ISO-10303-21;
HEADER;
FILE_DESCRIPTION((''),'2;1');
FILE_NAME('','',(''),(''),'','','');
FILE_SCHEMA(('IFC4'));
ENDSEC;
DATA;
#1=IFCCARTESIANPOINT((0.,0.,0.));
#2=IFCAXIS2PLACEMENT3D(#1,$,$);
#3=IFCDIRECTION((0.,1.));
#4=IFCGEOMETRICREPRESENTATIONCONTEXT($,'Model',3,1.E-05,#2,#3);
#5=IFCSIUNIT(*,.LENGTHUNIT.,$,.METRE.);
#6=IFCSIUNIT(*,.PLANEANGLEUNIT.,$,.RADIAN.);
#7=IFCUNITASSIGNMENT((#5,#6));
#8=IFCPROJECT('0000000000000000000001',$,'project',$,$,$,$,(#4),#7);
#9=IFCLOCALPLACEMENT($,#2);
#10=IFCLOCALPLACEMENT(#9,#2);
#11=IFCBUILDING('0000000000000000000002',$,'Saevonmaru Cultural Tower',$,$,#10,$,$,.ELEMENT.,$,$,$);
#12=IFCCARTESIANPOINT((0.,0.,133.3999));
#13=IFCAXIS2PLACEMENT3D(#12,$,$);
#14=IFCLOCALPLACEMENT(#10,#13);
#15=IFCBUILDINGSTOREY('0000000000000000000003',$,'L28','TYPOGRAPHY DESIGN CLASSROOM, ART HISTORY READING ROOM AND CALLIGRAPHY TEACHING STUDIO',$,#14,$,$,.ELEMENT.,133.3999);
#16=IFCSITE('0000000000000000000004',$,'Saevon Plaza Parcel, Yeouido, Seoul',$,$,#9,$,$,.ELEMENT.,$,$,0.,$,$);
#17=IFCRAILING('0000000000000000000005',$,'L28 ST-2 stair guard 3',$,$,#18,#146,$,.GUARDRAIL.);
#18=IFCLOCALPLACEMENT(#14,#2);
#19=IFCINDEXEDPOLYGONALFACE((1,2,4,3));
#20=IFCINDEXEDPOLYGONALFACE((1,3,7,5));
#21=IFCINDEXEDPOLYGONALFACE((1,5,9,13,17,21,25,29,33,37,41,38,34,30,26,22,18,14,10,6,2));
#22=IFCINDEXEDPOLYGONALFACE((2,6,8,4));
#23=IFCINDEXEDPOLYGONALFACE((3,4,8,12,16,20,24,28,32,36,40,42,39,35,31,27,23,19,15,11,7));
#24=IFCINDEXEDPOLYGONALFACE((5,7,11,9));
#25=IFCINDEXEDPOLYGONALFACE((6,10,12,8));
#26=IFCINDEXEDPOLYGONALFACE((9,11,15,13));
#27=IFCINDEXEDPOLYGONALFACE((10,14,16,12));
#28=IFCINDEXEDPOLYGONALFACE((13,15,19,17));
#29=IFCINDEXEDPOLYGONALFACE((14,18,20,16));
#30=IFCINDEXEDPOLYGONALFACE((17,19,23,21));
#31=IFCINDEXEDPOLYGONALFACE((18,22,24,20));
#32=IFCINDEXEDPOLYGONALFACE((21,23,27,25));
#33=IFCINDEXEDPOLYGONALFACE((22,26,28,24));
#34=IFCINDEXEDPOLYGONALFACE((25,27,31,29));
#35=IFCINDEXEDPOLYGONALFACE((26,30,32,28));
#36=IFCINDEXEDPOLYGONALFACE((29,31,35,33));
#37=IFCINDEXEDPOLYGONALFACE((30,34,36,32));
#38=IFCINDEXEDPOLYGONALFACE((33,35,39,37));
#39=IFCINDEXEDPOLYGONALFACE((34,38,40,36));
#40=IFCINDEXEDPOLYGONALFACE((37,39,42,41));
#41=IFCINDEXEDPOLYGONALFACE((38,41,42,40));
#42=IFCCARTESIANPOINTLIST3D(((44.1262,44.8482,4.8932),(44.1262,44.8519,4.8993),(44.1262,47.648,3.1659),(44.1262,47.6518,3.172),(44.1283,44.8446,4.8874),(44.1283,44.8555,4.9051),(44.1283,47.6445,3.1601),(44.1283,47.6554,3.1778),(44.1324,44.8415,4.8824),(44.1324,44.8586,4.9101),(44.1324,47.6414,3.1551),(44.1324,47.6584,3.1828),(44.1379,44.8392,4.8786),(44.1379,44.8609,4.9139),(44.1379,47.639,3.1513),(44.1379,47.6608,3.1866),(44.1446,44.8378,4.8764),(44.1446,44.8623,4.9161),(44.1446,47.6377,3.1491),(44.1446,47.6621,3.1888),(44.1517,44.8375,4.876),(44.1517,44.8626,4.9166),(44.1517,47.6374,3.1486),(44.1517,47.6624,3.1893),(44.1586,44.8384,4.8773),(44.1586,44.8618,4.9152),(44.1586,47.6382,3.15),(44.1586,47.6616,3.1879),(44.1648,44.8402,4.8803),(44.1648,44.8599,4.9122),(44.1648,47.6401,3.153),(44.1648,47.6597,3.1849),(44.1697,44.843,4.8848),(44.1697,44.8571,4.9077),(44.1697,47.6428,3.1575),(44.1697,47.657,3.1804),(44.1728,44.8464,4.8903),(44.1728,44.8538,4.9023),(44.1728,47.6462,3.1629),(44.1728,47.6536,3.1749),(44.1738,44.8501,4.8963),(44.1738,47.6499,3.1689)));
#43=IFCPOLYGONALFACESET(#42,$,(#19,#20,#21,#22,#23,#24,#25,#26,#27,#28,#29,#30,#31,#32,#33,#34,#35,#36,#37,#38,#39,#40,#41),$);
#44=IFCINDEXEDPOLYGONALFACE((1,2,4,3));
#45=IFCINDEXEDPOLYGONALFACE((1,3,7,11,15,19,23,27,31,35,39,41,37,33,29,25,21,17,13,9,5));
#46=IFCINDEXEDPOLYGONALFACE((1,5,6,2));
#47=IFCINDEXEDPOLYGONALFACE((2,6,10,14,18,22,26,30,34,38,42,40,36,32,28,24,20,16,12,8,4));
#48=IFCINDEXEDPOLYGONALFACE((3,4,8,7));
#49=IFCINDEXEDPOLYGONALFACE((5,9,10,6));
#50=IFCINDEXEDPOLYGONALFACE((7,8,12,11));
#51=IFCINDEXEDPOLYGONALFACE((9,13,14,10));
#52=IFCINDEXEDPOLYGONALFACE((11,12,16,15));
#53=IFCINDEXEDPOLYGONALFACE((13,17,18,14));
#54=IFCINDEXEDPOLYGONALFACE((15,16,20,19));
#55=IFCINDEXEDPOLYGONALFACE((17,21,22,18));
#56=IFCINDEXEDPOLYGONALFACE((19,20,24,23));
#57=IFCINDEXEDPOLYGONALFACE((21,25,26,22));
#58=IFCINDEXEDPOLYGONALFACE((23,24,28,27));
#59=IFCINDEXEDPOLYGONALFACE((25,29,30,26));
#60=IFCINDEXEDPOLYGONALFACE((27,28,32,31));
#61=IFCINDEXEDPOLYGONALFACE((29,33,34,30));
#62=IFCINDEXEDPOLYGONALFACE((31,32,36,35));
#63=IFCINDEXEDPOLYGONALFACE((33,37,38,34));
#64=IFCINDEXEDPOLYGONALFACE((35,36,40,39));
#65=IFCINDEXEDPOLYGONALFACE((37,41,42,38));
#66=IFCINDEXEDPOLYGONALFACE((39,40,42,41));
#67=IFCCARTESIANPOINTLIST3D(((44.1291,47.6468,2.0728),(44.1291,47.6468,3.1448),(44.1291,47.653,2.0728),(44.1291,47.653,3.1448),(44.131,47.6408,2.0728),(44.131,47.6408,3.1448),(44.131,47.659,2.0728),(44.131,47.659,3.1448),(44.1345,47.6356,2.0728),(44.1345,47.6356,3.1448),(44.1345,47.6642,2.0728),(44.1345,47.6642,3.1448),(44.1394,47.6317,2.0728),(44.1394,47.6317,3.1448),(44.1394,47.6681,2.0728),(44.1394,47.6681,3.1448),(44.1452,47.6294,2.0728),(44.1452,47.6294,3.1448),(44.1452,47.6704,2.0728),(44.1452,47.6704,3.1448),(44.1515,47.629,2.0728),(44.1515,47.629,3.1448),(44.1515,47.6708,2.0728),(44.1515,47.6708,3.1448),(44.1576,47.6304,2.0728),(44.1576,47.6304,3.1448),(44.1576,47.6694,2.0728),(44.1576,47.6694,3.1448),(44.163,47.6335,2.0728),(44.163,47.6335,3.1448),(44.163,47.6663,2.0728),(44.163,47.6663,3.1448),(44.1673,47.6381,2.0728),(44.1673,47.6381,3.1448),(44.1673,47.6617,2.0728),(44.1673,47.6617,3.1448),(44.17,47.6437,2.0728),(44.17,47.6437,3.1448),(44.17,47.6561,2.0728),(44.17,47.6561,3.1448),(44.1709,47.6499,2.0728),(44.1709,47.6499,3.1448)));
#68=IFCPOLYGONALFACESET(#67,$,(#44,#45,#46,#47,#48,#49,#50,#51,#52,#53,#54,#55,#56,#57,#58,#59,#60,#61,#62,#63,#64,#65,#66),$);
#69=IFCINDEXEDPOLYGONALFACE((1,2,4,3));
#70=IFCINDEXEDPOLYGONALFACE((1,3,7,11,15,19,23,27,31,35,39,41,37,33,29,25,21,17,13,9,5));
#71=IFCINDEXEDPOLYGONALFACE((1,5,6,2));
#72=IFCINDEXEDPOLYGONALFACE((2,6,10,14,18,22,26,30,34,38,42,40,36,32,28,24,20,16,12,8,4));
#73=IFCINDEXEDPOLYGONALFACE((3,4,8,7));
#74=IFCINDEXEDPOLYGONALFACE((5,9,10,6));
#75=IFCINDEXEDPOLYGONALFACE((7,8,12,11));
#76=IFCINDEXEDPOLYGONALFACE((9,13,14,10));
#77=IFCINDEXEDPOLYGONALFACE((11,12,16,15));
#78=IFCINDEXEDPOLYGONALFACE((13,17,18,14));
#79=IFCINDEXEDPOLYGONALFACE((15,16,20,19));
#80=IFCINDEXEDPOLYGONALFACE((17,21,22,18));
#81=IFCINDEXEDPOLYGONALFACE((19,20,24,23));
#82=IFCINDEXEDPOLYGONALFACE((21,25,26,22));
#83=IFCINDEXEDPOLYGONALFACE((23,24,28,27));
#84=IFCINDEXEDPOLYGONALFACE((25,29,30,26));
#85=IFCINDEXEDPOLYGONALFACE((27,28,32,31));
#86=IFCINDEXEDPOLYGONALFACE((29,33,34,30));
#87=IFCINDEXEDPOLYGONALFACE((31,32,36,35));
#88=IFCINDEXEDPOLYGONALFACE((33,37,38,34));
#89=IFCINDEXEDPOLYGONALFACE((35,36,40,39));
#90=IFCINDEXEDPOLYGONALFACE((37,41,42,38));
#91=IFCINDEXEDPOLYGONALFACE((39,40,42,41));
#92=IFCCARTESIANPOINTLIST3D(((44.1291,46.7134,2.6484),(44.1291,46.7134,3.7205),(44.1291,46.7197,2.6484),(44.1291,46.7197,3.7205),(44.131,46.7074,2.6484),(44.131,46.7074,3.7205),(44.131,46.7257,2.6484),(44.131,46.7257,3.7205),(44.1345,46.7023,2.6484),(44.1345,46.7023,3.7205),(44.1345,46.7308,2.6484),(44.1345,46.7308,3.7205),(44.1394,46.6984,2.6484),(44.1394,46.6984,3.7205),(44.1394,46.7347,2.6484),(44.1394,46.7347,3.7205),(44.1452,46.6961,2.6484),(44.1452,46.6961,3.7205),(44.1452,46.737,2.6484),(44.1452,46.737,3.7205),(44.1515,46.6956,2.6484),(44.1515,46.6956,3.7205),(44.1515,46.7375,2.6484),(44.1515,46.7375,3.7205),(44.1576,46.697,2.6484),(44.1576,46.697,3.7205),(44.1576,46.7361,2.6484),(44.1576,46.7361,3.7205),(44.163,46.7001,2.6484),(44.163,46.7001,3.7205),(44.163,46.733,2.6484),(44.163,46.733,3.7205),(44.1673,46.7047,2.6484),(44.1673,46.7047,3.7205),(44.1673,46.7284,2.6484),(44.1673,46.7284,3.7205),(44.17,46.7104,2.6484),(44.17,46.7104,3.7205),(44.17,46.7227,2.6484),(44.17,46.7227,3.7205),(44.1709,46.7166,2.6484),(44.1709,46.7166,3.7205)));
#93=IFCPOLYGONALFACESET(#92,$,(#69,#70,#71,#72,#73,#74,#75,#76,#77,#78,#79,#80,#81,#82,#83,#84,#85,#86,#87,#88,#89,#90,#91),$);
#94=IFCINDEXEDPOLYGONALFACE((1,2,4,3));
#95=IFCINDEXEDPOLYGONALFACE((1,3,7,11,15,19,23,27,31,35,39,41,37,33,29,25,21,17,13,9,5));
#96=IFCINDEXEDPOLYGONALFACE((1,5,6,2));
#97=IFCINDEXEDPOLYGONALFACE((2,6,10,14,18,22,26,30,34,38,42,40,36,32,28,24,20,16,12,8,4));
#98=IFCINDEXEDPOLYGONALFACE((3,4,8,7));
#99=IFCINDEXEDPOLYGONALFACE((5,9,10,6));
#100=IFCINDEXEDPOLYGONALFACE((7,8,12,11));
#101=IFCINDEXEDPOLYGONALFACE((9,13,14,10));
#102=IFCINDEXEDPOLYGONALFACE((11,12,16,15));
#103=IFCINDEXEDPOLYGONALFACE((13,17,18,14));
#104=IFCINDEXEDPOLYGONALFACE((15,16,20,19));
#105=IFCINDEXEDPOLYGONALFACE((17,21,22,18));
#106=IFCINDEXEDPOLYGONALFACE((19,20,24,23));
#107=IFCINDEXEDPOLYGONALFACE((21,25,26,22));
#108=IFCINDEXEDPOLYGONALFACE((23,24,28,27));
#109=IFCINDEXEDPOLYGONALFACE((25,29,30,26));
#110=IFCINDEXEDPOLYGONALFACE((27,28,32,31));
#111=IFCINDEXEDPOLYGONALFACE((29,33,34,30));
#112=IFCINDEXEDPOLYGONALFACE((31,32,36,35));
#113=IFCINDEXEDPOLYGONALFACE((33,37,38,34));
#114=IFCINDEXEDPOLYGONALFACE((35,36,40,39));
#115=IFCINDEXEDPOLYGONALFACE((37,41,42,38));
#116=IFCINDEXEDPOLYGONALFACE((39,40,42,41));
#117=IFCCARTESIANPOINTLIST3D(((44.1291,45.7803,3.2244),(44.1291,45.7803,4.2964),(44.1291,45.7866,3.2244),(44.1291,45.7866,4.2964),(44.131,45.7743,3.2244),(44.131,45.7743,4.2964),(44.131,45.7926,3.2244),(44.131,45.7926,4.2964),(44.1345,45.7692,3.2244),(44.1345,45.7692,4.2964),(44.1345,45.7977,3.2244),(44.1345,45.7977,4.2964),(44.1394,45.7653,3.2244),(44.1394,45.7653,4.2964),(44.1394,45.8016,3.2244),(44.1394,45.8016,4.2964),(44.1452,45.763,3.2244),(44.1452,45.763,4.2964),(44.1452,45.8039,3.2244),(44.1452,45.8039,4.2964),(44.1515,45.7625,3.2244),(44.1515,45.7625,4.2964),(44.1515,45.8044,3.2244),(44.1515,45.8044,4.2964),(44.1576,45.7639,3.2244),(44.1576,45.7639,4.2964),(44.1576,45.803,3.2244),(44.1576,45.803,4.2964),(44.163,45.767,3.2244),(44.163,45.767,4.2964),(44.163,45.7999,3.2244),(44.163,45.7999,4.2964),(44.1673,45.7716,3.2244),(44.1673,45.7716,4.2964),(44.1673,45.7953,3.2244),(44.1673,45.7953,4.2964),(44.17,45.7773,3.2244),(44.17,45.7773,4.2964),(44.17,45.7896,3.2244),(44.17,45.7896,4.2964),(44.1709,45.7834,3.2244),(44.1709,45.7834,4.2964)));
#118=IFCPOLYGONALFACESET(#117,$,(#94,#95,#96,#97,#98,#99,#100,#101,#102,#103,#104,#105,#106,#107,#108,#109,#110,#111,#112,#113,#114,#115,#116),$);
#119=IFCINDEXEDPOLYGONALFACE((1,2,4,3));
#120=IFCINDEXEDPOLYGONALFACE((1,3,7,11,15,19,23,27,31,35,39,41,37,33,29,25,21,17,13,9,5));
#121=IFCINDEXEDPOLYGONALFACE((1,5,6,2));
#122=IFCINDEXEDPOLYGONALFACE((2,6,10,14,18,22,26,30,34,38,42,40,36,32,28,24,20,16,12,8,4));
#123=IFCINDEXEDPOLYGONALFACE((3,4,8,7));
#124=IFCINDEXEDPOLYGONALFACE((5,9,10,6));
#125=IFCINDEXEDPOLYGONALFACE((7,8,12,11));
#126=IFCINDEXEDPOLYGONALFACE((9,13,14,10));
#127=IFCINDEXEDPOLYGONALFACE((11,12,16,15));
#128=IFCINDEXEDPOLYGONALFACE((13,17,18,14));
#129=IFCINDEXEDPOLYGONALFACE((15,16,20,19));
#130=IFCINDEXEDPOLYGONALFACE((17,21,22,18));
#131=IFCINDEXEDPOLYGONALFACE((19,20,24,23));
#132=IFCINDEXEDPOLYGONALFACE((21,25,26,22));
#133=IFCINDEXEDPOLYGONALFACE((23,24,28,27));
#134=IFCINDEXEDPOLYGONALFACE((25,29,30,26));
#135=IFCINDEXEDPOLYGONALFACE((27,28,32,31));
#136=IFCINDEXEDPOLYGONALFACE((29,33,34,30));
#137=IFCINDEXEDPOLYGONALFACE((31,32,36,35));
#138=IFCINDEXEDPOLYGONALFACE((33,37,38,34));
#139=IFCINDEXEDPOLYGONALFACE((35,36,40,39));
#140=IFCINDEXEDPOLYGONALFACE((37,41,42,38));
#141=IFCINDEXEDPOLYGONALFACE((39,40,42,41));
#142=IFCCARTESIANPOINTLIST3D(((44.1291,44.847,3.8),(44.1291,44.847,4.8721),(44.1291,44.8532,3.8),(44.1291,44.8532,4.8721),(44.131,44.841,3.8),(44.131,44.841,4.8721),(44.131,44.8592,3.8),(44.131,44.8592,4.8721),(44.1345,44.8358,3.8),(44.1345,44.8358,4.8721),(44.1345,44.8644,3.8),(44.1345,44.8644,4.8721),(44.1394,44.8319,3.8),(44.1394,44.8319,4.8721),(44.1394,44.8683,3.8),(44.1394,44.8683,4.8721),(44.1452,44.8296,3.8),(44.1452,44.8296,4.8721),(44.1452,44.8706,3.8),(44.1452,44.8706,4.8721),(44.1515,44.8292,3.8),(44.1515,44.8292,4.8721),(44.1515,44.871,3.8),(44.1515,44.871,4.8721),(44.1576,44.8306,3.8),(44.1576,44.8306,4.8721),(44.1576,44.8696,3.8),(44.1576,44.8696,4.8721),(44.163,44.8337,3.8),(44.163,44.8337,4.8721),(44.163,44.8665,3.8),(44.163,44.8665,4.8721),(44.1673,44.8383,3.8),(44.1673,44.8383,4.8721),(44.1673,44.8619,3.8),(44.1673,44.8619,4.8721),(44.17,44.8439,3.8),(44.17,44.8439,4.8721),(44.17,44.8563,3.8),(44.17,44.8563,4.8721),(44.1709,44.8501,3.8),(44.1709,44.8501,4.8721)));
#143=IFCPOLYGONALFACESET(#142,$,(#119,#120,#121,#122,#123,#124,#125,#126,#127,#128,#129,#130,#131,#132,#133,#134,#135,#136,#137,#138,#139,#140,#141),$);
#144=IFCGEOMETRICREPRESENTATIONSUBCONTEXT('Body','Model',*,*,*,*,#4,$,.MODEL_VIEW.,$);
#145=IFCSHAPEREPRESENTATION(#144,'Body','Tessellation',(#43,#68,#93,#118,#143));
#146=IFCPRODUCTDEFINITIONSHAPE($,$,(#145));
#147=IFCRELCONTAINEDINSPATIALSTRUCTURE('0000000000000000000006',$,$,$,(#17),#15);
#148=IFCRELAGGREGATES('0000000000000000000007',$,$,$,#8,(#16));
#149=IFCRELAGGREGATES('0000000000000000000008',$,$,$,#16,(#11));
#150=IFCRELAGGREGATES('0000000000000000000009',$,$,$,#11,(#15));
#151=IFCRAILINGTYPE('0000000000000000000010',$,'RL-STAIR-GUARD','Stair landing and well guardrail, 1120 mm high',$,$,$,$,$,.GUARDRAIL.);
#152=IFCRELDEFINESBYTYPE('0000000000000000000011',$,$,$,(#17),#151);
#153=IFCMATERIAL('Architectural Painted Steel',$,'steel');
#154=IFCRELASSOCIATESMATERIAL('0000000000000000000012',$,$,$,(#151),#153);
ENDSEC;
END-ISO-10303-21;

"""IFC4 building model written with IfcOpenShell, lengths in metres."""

from ifc_helpers import new_model, si_unit, direction, frame, origin, origin_2d, place, context, subcontext, project, spatial, circle, extrude, material, type_object, element, save


model = new_model("IFC4")

# Units and contexts
model_context = context("Model", 3, precision=1e-05, world=origin(), true_north=direction((0.0, 1.0)))
body_context = subcontext(model_context, "Body", "Model", "MODEL_VIEW")
ifc_project = project(units=[si_unit("LENGTHUNIT", "METRE"), si_unit("PLANEANGLEUNIT", "RADIAN")], contexts=[model_context])

# Site, building, storey
site_placement = place(None, origin())
site = spatial("IfcSite", under=ifc_project, at=site_placement, Name="Saevon Plaza Parcel, Yeouido, Seoul", CompositionType="ELEMENT", RefElevation=0.0)
building_placement = place(site_placement, origin())
building = spatial("IfcBuilding", under=site, at=building_placement, Name="Saevonmaru Cultural Tower", CompositionType="ELEMENT")
storey_placement = place(building_placement, frame((0.0, 0.0, 133.3999)))
storey = spatial("IfcBuildingStorey", under=building, at=storey_placement, Name="L28", Description="TYPOGRAPHY DESIGN CLASSROOM, ART HISTORY READING ROOM AND CALLIGRAPHY TEACHING STUDIO", CompositionType="ELEMENT", Elevation=133.3999)

# Railing
ifc_material_1 = material(Name="Architectural Painted Steel", Category="steel")
railing_type_1 = type_object("IfcRailingType", Name="RL-STAIR-GUARD", Description="Stair landing and well guardrail, 1120 mm high", PredefinedType="GUARDRAIL", material=ifc_material_1)
railing_1_placement = place(storey_placement, frame((44.1499, 47.6499, 2.0728)))
element("IfcRailing", 1, at=railing_1_placement, inside=storey, type_object=railing_type_1, Name="L28 ST-2 stair guard 3", PredefinedType="GUARDRAIL", context=body_context, shape_type="SweptSolid", body=[
    extrude(circle(Radius=0.0239, at=origin_2d()), frame((0.0, 0.0, 1.0962), z_axis=(0.0, -0.851069, 0.525054), x_axis=(1.0, 0.0, 0.0)), (0.0, 0.0, 1.0), 3.2898),
    extrude(circle(Radius=0.021, at=origin_2d()), origin(), (0.0, 0.0, 1.0), 1.072),
    extrude(circle(Radius=0.021, at=origin_2d()), frame((0.0, -0.9333, 0.5757)), (0.0, 0.0, 1.0), 1.072),
    extrude(circle(Radius=0.021, at=origin_2d()), frame((0.0, -1.8665, 1.1516)), (0.0, 0.0, 1.0), 1.072),
    extrude(circle(Radius=0.021, at=origin_2d()), frame((0.0, -2.7998, 1.7273)), (0.0, 0.0, 1.0), 1.072),
])

save(model, "model.ifc")
